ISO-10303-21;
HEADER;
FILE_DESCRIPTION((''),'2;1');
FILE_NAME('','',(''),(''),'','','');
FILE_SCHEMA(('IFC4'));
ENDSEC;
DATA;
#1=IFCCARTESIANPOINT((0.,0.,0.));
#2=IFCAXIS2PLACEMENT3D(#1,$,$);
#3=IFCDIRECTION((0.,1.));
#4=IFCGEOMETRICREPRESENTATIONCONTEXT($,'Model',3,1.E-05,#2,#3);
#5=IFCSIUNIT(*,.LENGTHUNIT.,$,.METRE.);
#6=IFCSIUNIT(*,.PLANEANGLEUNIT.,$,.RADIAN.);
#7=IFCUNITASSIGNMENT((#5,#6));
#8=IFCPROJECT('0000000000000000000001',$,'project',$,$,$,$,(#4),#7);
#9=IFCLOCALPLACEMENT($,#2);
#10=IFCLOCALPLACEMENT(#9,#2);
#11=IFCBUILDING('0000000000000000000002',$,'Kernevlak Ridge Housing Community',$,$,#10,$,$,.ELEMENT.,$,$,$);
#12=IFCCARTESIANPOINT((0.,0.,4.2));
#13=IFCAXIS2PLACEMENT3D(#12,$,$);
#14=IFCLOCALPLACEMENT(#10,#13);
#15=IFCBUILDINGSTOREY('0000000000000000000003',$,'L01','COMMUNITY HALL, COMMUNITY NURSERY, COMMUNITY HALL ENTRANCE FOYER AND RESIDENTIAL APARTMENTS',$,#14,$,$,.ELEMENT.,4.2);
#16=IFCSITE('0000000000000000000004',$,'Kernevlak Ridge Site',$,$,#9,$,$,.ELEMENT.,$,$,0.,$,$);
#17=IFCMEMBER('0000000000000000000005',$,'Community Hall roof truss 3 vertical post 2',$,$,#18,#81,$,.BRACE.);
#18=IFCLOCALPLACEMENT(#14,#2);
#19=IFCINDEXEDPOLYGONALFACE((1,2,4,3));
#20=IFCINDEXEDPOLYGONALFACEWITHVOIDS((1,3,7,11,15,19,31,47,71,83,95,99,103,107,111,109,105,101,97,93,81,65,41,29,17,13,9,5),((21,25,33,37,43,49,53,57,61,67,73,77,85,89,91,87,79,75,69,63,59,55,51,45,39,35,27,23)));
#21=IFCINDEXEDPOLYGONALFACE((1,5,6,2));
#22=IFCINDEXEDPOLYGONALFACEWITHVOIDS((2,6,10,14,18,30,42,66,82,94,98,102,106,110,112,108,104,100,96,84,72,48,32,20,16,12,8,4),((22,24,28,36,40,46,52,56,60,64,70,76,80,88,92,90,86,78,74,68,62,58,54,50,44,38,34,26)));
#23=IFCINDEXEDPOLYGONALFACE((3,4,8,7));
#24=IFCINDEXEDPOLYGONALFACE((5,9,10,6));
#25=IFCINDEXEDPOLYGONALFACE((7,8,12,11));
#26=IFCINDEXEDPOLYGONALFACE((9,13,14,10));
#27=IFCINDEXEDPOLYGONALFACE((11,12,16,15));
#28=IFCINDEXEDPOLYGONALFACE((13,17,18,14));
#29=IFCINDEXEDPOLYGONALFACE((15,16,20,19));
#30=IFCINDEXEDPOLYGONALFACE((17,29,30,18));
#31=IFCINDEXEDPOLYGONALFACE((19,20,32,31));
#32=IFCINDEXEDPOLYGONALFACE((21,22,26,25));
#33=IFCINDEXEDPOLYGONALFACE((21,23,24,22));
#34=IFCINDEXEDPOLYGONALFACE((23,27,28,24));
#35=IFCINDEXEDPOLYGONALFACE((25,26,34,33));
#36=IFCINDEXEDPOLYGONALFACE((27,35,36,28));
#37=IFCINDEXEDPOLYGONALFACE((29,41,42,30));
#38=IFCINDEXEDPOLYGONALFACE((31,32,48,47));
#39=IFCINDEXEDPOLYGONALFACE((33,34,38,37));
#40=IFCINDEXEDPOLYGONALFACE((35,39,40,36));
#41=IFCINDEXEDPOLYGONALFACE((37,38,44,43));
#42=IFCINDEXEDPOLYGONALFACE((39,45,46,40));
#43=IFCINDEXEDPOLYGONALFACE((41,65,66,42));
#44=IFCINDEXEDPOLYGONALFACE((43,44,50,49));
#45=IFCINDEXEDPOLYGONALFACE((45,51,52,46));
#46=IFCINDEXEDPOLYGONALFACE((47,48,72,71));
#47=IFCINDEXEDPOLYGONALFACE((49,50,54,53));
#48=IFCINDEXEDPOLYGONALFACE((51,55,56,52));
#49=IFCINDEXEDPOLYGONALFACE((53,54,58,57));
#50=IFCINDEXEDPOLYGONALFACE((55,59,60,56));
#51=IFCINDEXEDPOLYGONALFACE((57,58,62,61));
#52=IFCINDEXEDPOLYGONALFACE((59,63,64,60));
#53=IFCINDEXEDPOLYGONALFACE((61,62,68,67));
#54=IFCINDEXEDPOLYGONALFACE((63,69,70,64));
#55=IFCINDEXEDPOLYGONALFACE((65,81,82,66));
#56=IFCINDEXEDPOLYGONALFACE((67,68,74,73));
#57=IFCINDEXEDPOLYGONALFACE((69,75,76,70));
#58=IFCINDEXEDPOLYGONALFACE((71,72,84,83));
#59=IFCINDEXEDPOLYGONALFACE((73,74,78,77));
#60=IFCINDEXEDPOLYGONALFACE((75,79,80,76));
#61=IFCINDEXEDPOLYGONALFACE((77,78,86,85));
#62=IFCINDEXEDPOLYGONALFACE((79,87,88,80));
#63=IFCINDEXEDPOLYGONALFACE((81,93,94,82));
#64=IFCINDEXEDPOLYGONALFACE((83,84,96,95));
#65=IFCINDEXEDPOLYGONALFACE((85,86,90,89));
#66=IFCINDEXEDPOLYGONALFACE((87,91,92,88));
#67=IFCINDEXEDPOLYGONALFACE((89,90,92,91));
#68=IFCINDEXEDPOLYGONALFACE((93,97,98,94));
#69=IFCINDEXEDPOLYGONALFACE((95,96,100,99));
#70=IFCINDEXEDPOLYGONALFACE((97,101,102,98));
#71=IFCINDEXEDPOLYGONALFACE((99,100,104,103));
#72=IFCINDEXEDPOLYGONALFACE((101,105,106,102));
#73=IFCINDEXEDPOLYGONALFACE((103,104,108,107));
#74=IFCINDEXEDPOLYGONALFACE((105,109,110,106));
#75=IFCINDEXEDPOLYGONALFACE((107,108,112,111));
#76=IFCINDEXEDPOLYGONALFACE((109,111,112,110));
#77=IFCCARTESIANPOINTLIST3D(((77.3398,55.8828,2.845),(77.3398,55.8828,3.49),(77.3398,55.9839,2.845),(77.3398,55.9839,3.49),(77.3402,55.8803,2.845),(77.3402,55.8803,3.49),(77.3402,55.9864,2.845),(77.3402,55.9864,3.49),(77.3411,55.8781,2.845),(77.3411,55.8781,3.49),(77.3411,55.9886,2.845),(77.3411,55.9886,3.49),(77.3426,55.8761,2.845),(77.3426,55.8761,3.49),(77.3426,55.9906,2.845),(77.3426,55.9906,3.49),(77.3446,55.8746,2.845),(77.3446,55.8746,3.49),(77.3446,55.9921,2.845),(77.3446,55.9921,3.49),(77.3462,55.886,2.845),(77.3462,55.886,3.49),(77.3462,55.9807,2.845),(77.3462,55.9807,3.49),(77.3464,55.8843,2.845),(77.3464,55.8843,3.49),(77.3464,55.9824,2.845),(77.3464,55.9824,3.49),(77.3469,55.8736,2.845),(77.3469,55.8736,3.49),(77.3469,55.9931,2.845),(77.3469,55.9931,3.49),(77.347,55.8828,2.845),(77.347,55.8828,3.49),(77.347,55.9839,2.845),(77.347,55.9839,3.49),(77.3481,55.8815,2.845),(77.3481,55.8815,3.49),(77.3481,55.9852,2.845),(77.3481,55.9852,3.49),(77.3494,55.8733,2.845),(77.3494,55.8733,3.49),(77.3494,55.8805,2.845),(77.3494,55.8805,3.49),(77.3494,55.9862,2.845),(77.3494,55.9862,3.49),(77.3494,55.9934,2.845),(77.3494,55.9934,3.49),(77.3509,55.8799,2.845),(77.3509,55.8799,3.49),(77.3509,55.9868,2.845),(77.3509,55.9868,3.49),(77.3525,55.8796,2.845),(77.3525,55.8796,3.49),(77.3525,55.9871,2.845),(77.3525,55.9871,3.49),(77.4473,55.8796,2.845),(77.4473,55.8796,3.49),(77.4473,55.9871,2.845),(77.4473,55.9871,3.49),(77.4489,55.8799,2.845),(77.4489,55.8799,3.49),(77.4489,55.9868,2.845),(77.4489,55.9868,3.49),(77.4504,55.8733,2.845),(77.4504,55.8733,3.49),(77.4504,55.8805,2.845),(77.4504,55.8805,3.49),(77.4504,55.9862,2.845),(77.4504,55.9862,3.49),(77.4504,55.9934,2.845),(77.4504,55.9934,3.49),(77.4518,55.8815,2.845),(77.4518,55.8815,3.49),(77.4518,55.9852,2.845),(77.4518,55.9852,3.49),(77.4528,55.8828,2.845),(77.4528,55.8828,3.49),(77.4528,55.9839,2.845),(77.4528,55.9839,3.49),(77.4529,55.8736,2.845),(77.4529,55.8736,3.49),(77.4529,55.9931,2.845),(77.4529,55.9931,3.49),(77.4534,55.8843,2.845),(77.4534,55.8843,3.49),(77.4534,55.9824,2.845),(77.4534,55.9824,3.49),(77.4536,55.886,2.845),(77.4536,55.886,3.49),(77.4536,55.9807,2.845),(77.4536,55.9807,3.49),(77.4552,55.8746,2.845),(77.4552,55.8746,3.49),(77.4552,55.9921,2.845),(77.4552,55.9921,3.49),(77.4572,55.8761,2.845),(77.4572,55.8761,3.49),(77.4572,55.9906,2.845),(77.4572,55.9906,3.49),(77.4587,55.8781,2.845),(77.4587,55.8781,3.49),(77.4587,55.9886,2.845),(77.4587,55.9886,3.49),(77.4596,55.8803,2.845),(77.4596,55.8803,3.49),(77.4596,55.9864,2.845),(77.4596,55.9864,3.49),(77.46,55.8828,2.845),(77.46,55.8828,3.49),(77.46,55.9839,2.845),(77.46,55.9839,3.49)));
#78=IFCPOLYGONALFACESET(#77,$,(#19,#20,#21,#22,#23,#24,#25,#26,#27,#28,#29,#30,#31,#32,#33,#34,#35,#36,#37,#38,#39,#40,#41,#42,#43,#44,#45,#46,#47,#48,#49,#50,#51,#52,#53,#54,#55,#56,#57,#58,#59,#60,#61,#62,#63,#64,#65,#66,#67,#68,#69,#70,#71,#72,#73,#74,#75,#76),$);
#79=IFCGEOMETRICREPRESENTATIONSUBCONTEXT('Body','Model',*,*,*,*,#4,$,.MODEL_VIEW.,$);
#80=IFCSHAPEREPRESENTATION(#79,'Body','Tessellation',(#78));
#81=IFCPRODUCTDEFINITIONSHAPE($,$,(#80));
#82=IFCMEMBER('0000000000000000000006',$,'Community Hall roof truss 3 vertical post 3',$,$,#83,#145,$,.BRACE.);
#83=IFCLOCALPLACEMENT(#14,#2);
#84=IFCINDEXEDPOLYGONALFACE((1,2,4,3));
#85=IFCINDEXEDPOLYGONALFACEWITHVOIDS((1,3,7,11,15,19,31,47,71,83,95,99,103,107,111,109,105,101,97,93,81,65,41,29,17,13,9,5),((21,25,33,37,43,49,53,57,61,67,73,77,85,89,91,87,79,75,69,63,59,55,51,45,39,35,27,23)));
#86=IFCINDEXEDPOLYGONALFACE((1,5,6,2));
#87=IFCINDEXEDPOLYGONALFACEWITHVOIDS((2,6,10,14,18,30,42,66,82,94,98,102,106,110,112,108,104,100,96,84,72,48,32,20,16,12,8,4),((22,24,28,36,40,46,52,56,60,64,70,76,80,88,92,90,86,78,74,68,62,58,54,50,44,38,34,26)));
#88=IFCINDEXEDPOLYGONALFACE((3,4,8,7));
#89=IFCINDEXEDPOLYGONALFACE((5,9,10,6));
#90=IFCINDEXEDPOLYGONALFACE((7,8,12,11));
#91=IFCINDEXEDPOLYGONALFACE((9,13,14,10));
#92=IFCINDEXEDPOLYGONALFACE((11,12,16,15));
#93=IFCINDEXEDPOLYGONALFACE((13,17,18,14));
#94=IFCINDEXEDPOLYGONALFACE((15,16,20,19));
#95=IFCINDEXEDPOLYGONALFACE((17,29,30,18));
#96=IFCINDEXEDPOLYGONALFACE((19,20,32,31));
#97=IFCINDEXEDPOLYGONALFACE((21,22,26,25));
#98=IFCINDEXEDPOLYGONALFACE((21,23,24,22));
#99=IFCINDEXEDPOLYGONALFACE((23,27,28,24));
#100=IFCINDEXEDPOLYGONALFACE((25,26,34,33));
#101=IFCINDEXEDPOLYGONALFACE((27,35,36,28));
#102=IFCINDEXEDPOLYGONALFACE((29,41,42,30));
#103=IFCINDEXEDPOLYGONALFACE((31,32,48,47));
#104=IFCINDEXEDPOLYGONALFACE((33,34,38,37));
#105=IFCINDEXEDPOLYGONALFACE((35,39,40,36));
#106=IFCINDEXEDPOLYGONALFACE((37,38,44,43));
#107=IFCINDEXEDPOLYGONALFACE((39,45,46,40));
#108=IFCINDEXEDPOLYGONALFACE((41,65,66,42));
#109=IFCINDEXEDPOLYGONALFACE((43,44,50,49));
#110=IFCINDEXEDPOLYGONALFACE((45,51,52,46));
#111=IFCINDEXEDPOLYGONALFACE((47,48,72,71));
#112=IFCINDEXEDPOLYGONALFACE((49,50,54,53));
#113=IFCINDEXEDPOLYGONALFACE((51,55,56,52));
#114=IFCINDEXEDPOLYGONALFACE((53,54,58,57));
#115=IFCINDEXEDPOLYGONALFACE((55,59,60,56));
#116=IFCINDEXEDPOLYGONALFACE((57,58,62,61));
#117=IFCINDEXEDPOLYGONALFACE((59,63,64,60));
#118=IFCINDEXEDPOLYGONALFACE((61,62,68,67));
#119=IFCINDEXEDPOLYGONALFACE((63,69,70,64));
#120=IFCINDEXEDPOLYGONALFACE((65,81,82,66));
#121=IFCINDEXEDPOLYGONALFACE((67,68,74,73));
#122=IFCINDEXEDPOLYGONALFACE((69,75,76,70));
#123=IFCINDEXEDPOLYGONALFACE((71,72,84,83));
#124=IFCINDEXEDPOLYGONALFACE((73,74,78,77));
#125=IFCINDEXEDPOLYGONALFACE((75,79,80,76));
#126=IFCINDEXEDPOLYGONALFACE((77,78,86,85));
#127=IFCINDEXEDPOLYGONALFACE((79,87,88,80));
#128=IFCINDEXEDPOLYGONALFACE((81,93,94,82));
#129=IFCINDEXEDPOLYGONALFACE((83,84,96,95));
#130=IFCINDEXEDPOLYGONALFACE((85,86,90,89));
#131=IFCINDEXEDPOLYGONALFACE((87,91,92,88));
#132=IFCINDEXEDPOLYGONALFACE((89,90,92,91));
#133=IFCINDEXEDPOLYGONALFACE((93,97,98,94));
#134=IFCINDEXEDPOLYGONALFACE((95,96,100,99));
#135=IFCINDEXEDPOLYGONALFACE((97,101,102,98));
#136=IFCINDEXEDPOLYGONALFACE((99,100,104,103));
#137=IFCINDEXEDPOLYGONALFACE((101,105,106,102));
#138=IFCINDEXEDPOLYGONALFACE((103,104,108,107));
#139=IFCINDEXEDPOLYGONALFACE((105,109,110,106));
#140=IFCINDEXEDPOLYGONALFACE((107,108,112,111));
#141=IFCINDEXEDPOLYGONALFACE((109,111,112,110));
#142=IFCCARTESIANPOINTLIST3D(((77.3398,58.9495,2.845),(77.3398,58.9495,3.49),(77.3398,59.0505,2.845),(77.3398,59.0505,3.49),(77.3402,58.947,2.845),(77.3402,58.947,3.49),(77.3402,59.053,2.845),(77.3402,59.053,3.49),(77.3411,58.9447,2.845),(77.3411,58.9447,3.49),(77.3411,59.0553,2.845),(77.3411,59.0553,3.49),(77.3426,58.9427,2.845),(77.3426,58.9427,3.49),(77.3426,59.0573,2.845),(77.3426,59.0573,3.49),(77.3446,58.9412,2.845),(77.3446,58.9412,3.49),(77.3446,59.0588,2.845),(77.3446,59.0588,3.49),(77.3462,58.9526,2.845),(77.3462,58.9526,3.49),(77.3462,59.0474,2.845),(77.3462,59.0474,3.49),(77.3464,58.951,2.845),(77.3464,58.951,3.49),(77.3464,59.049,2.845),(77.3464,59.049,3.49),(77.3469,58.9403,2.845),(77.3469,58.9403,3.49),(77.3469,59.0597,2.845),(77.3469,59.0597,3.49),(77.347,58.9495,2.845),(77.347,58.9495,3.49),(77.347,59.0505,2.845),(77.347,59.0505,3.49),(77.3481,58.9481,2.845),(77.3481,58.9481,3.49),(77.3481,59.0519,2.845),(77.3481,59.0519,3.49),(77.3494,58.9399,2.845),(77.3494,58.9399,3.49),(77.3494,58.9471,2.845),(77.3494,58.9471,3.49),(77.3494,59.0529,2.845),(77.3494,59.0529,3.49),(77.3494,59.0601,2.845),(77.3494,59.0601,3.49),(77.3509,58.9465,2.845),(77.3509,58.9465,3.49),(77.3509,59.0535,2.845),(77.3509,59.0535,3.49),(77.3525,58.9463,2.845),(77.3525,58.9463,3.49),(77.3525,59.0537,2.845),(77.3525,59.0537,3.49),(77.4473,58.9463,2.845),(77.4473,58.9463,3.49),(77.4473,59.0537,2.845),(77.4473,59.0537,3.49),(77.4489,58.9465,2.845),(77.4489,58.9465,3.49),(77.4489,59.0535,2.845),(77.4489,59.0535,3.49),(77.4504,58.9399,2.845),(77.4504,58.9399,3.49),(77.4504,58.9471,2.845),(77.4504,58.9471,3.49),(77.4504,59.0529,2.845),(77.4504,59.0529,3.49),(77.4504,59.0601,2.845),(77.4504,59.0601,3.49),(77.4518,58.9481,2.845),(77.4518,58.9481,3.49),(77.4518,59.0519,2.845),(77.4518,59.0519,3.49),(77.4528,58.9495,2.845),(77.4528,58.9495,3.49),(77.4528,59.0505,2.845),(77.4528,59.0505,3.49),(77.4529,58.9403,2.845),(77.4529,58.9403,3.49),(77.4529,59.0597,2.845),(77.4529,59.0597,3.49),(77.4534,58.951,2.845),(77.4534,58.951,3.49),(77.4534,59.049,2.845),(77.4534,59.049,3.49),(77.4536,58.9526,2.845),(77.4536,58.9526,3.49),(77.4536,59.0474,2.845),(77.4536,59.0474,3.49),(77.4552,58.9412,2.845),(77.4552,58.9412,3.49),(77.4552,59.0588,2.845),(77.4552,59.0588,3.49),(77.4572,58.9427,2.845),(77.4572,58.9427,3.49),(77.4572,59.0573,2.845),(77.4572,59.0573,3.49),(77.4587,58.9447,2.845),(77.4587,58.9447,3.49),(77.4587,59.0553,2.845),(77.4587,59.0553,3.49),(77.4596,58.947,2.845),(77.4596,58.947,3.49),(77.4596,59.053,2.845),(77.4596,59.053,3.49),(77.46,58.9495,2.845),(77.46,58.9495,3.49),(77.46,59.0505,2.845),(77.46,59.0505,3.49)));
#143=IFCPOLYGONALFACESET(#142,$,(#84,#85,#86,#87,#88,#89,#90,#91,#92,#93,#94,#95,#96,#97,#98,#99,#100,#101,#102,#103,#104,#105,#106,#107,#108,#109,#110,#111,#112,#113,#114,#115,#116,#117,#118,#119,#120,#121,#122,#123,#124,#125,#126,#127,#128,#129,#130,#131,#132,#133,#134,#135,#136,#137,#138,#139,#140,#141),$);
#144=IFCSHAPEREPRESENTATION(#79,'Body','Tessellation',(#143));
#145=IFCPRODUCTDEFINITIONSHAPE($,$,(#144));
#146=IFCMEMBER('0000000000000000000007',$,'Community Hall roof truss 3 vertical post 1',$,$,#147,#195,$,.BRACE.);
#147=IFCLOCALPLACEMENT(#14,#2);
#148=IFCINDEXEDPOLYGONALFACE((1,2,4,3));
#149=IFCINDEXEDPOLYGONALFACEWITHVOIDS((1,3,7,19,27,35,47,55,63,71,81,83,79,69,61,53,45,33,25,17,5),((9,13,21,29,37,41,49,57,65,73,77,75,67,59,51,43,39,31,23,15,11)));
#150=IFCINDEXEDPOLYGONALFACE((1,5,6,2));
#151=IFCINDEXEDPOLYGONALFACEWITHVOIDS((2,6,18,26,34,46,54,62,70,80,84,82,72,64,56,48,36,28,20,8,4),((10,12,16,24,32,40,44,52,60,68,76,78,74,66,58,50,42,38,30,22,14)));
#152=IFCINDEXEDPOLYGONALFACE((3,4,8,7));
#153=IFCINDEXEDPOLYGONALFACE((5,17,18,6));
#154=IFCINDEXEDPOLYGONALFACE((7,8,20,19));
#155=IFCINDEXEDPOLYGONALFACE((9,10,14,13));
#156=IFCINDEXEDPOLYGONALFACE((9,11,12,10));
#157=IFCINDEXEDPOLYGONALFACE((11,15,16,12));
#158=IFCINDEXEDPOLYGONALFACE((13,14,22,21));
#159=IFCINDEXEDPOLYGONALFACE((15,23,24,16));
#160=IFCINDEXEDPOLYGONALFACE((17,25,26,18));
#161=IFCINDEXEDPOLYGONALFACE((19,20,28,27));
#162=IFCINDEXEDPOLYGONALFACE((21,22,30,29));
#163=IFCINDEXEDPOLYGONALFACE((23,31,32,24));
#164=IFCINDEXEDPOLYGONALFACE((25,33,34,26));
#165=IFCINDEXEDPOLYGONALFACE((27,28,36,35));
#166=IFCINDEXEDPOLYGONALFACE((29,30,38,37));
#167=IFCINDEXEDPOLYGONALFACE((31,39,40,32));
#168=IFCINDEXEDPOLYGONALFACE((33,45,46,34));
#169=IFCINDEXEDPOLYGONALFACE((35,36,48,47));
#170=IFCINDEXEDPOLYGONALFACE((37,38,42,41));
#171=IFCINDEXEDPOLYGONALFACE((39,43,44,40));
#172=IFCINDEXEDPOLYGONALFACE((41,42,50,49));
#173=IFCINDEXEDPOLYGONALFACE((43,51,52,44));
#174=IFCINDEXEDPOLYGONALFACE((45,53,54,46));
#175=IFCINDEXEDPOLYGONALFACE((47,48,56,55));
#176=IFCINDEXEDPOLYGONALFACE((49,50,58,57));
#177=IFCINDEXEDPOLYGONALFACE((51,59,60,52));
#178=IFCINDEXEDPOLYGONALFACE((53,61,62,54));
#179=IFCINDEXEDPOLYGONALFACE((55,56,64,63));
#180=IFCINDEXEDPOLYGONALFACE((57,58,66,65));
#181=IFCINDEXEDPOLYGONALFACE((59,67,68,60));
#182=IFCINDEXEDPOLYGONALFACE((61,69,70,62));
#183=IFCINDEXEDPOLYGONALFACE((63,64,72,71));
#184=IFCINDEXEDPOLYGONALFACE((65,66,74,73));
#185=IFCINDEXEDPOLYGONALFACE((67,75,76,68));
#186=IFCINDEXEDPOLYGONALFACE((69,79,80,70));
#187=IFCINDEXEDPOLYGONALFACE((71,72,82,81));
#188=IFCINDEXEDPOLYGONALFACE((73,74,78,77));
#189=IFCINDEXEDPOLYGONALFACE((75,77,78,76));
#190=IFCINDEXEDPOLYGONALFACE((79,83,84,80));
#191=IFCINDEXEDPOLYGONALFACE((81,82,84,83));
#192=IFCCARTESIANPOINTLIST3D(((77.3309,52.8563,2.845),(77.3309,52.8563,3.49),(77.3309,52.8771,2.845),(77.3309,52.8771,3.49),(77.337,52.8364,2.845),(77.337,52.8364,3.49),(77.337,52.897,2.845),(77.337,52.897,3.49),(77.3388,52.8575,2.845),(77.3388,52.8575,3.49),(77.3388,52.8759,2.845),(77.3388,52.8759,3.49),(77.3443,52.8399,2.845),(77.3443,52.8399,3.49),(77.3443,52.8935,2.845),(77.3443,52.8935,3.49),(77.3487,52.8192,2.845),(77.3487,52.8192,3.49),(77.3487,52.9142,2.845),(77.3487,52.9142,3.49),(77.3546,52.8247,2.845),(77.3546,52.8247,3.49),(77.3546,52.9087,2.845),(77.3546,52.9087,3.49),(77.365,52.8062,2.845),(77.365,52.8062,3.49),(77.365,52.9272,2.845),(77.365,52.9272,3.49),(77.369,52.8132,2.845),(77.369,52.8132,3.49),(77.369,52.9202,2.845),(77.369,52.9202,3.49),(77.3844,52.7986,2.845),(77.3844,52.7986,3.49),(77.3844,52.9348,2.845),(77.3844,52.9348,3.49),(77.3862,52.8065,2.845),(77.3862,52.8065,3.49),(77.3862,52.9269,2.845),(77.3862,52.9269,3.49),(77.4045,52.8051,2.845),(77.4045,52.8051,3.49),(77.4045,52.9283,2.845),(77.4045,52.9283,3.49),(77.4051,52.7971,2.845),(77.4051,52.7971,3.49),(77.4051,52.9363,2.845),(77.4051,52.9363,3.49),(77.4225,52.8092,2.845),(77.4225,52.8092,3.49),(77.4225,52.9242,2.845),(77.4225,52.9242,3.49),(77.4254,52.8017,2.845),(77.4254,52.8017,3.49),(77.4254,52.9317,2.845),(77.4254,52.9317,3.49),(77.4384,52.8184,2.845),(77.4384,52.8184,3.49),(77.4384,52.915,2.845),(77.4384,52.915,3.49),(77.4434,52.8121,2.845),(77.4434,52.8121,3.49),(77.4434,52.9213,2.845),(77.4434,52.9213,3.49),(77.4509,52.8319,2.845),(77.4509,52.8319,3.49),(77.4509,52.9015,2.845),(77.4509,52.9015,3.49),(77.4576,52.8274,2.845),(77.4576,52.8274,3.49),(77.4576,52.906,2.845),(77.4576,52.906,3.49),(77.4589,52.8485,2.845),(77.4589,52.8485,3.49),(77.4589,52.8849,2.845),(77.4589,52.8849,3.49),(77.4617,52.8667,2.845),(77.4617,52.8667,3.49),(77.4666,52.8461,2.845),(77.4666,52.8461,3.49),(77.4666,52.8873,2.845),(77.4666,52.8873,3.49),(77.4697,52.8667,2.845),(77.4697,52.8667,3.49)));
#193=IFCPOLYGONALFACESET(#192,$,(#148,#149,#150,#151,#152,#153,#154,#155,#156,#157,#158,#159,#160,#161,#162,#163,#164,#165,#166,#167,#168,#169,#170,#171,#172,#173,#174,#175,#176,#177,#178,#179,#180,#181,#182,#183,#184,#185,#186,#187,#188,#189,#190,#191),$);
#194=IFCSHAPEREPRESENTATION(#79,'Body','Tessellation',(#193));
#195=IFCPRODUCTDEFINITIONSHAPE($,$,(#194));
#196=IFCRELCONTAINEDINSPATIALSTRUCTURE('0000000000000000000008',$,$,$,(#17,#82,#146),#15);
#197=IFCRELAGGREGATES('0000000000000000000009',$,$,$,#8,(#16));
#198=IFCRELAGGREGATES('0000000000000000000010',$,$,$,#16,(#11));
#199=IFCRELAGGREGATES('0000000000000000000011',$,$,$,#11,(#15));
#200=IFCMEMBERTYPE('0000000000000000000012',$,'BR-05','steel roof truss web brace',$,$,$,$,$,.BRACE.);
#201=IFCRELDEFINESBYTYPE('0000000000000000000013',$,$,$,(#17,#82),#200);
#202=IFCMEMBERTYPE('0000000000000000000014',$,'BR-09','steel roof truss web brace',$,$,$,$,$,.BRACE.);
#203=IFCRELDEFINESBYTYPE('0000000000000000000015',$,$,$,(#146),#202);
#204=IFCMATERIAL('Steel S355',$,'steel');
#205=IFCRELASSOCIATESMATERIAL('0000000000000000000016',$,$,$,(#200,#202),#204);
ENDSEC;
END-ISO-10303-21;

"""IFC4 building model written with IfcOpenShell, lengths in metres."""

from ifc_helpers import new_model, si_unit, direction, frame, origin, origin_2d, place, context, subcontext, project, spatial, hollow_rectangle, hollow_circle, extrude, material, material_profile, profile_set, type_object, element, save


model = new_model("IFC4")

# Units and contexts
model_context = context("Model", 3, precision=1e-05, world=origin(), true_north=direction((0.0, 1.0)))
body_context = subcontext(model_context, "Body", "Model", "MODEL_VIEW")
ifc_project = project(units=[si_unit("LENGTHUNIT", "METRE"), si_unit("PLANEANGLEUNIT", "RADIAN")], contexts=[model_context])

# Site, building, storey
site_placement = place(None, origin())
site = spatial("IfcSite", under=ifc_project, at=site_placement, Name="Kernevlak Ridge Site", CompositionType="ELEMENT", RefElevation=0.0)
building_placement = place(site_placement, origin())
building = spatial("IfcBuilding", under=site, at=building_placement, Name="Kernevlak Ridge Housing Community", CompositionType="ELEMENT")
storey_placement = place(building_placement, frame((0.0, 0.0, 4.2)))
storey = spatial("IfcBuildingStorey", under=building, at=storey_placement, Name="L01", Description="COMMUNITY HALL, COMMUNITY NURSERY, COMMUNITY HALL ENTRANCE FOYER AND RESIDENTIAL APARTMENTS", CompositionType="ELEMENT", Elevation=4.2)

# Members
ifc_material = material(Name="Steel S355", Category="steel")
ifc_material_profile_1 = material_profile(ifc_material, hollow_rectangle(XDim=0.1201, YDim=0.1201, WallThickness=0.0063, InnerFilletRadius=0.0063, OuterFilletRadius=0.0095, at=origin_2d()), Name="SHS 120x120x6.3")
ifc_profile_set_1 = profile_set([ifc_material_profile_1], Name="Steel S355")
member_type_1 = type_object("IfcMemberType", Name="BR-05", Description="steel roof truss web brace", PredefinedType="BRACE", material=ifc_profile_set_1)
for number, where, z_axis, x_axis, name in (
    (1, (77.3999, 55.9333, 2.845), (0.0, 0.0, 1.0), (1.0, 0.0, 0.0), "Community Hall roof truss 3 vertical post 2"),
    (2, (77.3999, 59.0, 2.845), (0.0, 0.0, 1.0), (1.0, 0.0, 0.0), "Community Hall roof truss 3 vertical post 3"),
):
    element("IfcMember", number, at=place(storey_placement, frame(where, z_axis=z_axis, x_axis=x_axis)), inside=storey, type_object=member_type_1, Name=name, PredefinedType="BRACE", context=body_context, shape_type="SweptSolid", body=[
        extrude(hollow_rectangle(XDim=0.1201, YDim=0.1201, WallThickness=0.0063, InnerFilletRadius=0.0063, OuterFilletRadius=0.0095, at=origin_2d()), origin(), (0.0, 0.0, 1.0), 0.645),
    ])
ifc_material_profile_2 = material_profile(ifc_material, hollow_circle(Radius=0.0698, WallThickness=0.0081, at=origin_2d()), Name="CHS 139.7x8")
ifc_profile_set_2 = profile_set([ifc_material_profile_2], Name="Steel S355")
member_type_2 = type_object("IfcMemberType", Name="BR-09", Description="steel roof truss web brace", PredefinedType="BRACE", material=ifc_profile_set_2)
member_1_placement = place(storey_placement, frame((77.3999, 52.8667, 2.845), z_axis=(0.0, 0.0, 1.0), x_axis=(1.0, 0.0, 0.0)))
element("IfcMember", 3, at=member_1_placement, inside=storey, type_object=member_type_2, Name="Community Hall roof truss 3 vertical post 1", PredefinedType="BRACE", context=body_context, shape_type="SweptSolid", body=[
    extrude(hollow_circle(Radius=0.0698, WallThickness=0.0081, at=origin_2d()), origin(), (0.0, 0.0, 1.0), 0.645),
])

save(model, "model.ifc")
